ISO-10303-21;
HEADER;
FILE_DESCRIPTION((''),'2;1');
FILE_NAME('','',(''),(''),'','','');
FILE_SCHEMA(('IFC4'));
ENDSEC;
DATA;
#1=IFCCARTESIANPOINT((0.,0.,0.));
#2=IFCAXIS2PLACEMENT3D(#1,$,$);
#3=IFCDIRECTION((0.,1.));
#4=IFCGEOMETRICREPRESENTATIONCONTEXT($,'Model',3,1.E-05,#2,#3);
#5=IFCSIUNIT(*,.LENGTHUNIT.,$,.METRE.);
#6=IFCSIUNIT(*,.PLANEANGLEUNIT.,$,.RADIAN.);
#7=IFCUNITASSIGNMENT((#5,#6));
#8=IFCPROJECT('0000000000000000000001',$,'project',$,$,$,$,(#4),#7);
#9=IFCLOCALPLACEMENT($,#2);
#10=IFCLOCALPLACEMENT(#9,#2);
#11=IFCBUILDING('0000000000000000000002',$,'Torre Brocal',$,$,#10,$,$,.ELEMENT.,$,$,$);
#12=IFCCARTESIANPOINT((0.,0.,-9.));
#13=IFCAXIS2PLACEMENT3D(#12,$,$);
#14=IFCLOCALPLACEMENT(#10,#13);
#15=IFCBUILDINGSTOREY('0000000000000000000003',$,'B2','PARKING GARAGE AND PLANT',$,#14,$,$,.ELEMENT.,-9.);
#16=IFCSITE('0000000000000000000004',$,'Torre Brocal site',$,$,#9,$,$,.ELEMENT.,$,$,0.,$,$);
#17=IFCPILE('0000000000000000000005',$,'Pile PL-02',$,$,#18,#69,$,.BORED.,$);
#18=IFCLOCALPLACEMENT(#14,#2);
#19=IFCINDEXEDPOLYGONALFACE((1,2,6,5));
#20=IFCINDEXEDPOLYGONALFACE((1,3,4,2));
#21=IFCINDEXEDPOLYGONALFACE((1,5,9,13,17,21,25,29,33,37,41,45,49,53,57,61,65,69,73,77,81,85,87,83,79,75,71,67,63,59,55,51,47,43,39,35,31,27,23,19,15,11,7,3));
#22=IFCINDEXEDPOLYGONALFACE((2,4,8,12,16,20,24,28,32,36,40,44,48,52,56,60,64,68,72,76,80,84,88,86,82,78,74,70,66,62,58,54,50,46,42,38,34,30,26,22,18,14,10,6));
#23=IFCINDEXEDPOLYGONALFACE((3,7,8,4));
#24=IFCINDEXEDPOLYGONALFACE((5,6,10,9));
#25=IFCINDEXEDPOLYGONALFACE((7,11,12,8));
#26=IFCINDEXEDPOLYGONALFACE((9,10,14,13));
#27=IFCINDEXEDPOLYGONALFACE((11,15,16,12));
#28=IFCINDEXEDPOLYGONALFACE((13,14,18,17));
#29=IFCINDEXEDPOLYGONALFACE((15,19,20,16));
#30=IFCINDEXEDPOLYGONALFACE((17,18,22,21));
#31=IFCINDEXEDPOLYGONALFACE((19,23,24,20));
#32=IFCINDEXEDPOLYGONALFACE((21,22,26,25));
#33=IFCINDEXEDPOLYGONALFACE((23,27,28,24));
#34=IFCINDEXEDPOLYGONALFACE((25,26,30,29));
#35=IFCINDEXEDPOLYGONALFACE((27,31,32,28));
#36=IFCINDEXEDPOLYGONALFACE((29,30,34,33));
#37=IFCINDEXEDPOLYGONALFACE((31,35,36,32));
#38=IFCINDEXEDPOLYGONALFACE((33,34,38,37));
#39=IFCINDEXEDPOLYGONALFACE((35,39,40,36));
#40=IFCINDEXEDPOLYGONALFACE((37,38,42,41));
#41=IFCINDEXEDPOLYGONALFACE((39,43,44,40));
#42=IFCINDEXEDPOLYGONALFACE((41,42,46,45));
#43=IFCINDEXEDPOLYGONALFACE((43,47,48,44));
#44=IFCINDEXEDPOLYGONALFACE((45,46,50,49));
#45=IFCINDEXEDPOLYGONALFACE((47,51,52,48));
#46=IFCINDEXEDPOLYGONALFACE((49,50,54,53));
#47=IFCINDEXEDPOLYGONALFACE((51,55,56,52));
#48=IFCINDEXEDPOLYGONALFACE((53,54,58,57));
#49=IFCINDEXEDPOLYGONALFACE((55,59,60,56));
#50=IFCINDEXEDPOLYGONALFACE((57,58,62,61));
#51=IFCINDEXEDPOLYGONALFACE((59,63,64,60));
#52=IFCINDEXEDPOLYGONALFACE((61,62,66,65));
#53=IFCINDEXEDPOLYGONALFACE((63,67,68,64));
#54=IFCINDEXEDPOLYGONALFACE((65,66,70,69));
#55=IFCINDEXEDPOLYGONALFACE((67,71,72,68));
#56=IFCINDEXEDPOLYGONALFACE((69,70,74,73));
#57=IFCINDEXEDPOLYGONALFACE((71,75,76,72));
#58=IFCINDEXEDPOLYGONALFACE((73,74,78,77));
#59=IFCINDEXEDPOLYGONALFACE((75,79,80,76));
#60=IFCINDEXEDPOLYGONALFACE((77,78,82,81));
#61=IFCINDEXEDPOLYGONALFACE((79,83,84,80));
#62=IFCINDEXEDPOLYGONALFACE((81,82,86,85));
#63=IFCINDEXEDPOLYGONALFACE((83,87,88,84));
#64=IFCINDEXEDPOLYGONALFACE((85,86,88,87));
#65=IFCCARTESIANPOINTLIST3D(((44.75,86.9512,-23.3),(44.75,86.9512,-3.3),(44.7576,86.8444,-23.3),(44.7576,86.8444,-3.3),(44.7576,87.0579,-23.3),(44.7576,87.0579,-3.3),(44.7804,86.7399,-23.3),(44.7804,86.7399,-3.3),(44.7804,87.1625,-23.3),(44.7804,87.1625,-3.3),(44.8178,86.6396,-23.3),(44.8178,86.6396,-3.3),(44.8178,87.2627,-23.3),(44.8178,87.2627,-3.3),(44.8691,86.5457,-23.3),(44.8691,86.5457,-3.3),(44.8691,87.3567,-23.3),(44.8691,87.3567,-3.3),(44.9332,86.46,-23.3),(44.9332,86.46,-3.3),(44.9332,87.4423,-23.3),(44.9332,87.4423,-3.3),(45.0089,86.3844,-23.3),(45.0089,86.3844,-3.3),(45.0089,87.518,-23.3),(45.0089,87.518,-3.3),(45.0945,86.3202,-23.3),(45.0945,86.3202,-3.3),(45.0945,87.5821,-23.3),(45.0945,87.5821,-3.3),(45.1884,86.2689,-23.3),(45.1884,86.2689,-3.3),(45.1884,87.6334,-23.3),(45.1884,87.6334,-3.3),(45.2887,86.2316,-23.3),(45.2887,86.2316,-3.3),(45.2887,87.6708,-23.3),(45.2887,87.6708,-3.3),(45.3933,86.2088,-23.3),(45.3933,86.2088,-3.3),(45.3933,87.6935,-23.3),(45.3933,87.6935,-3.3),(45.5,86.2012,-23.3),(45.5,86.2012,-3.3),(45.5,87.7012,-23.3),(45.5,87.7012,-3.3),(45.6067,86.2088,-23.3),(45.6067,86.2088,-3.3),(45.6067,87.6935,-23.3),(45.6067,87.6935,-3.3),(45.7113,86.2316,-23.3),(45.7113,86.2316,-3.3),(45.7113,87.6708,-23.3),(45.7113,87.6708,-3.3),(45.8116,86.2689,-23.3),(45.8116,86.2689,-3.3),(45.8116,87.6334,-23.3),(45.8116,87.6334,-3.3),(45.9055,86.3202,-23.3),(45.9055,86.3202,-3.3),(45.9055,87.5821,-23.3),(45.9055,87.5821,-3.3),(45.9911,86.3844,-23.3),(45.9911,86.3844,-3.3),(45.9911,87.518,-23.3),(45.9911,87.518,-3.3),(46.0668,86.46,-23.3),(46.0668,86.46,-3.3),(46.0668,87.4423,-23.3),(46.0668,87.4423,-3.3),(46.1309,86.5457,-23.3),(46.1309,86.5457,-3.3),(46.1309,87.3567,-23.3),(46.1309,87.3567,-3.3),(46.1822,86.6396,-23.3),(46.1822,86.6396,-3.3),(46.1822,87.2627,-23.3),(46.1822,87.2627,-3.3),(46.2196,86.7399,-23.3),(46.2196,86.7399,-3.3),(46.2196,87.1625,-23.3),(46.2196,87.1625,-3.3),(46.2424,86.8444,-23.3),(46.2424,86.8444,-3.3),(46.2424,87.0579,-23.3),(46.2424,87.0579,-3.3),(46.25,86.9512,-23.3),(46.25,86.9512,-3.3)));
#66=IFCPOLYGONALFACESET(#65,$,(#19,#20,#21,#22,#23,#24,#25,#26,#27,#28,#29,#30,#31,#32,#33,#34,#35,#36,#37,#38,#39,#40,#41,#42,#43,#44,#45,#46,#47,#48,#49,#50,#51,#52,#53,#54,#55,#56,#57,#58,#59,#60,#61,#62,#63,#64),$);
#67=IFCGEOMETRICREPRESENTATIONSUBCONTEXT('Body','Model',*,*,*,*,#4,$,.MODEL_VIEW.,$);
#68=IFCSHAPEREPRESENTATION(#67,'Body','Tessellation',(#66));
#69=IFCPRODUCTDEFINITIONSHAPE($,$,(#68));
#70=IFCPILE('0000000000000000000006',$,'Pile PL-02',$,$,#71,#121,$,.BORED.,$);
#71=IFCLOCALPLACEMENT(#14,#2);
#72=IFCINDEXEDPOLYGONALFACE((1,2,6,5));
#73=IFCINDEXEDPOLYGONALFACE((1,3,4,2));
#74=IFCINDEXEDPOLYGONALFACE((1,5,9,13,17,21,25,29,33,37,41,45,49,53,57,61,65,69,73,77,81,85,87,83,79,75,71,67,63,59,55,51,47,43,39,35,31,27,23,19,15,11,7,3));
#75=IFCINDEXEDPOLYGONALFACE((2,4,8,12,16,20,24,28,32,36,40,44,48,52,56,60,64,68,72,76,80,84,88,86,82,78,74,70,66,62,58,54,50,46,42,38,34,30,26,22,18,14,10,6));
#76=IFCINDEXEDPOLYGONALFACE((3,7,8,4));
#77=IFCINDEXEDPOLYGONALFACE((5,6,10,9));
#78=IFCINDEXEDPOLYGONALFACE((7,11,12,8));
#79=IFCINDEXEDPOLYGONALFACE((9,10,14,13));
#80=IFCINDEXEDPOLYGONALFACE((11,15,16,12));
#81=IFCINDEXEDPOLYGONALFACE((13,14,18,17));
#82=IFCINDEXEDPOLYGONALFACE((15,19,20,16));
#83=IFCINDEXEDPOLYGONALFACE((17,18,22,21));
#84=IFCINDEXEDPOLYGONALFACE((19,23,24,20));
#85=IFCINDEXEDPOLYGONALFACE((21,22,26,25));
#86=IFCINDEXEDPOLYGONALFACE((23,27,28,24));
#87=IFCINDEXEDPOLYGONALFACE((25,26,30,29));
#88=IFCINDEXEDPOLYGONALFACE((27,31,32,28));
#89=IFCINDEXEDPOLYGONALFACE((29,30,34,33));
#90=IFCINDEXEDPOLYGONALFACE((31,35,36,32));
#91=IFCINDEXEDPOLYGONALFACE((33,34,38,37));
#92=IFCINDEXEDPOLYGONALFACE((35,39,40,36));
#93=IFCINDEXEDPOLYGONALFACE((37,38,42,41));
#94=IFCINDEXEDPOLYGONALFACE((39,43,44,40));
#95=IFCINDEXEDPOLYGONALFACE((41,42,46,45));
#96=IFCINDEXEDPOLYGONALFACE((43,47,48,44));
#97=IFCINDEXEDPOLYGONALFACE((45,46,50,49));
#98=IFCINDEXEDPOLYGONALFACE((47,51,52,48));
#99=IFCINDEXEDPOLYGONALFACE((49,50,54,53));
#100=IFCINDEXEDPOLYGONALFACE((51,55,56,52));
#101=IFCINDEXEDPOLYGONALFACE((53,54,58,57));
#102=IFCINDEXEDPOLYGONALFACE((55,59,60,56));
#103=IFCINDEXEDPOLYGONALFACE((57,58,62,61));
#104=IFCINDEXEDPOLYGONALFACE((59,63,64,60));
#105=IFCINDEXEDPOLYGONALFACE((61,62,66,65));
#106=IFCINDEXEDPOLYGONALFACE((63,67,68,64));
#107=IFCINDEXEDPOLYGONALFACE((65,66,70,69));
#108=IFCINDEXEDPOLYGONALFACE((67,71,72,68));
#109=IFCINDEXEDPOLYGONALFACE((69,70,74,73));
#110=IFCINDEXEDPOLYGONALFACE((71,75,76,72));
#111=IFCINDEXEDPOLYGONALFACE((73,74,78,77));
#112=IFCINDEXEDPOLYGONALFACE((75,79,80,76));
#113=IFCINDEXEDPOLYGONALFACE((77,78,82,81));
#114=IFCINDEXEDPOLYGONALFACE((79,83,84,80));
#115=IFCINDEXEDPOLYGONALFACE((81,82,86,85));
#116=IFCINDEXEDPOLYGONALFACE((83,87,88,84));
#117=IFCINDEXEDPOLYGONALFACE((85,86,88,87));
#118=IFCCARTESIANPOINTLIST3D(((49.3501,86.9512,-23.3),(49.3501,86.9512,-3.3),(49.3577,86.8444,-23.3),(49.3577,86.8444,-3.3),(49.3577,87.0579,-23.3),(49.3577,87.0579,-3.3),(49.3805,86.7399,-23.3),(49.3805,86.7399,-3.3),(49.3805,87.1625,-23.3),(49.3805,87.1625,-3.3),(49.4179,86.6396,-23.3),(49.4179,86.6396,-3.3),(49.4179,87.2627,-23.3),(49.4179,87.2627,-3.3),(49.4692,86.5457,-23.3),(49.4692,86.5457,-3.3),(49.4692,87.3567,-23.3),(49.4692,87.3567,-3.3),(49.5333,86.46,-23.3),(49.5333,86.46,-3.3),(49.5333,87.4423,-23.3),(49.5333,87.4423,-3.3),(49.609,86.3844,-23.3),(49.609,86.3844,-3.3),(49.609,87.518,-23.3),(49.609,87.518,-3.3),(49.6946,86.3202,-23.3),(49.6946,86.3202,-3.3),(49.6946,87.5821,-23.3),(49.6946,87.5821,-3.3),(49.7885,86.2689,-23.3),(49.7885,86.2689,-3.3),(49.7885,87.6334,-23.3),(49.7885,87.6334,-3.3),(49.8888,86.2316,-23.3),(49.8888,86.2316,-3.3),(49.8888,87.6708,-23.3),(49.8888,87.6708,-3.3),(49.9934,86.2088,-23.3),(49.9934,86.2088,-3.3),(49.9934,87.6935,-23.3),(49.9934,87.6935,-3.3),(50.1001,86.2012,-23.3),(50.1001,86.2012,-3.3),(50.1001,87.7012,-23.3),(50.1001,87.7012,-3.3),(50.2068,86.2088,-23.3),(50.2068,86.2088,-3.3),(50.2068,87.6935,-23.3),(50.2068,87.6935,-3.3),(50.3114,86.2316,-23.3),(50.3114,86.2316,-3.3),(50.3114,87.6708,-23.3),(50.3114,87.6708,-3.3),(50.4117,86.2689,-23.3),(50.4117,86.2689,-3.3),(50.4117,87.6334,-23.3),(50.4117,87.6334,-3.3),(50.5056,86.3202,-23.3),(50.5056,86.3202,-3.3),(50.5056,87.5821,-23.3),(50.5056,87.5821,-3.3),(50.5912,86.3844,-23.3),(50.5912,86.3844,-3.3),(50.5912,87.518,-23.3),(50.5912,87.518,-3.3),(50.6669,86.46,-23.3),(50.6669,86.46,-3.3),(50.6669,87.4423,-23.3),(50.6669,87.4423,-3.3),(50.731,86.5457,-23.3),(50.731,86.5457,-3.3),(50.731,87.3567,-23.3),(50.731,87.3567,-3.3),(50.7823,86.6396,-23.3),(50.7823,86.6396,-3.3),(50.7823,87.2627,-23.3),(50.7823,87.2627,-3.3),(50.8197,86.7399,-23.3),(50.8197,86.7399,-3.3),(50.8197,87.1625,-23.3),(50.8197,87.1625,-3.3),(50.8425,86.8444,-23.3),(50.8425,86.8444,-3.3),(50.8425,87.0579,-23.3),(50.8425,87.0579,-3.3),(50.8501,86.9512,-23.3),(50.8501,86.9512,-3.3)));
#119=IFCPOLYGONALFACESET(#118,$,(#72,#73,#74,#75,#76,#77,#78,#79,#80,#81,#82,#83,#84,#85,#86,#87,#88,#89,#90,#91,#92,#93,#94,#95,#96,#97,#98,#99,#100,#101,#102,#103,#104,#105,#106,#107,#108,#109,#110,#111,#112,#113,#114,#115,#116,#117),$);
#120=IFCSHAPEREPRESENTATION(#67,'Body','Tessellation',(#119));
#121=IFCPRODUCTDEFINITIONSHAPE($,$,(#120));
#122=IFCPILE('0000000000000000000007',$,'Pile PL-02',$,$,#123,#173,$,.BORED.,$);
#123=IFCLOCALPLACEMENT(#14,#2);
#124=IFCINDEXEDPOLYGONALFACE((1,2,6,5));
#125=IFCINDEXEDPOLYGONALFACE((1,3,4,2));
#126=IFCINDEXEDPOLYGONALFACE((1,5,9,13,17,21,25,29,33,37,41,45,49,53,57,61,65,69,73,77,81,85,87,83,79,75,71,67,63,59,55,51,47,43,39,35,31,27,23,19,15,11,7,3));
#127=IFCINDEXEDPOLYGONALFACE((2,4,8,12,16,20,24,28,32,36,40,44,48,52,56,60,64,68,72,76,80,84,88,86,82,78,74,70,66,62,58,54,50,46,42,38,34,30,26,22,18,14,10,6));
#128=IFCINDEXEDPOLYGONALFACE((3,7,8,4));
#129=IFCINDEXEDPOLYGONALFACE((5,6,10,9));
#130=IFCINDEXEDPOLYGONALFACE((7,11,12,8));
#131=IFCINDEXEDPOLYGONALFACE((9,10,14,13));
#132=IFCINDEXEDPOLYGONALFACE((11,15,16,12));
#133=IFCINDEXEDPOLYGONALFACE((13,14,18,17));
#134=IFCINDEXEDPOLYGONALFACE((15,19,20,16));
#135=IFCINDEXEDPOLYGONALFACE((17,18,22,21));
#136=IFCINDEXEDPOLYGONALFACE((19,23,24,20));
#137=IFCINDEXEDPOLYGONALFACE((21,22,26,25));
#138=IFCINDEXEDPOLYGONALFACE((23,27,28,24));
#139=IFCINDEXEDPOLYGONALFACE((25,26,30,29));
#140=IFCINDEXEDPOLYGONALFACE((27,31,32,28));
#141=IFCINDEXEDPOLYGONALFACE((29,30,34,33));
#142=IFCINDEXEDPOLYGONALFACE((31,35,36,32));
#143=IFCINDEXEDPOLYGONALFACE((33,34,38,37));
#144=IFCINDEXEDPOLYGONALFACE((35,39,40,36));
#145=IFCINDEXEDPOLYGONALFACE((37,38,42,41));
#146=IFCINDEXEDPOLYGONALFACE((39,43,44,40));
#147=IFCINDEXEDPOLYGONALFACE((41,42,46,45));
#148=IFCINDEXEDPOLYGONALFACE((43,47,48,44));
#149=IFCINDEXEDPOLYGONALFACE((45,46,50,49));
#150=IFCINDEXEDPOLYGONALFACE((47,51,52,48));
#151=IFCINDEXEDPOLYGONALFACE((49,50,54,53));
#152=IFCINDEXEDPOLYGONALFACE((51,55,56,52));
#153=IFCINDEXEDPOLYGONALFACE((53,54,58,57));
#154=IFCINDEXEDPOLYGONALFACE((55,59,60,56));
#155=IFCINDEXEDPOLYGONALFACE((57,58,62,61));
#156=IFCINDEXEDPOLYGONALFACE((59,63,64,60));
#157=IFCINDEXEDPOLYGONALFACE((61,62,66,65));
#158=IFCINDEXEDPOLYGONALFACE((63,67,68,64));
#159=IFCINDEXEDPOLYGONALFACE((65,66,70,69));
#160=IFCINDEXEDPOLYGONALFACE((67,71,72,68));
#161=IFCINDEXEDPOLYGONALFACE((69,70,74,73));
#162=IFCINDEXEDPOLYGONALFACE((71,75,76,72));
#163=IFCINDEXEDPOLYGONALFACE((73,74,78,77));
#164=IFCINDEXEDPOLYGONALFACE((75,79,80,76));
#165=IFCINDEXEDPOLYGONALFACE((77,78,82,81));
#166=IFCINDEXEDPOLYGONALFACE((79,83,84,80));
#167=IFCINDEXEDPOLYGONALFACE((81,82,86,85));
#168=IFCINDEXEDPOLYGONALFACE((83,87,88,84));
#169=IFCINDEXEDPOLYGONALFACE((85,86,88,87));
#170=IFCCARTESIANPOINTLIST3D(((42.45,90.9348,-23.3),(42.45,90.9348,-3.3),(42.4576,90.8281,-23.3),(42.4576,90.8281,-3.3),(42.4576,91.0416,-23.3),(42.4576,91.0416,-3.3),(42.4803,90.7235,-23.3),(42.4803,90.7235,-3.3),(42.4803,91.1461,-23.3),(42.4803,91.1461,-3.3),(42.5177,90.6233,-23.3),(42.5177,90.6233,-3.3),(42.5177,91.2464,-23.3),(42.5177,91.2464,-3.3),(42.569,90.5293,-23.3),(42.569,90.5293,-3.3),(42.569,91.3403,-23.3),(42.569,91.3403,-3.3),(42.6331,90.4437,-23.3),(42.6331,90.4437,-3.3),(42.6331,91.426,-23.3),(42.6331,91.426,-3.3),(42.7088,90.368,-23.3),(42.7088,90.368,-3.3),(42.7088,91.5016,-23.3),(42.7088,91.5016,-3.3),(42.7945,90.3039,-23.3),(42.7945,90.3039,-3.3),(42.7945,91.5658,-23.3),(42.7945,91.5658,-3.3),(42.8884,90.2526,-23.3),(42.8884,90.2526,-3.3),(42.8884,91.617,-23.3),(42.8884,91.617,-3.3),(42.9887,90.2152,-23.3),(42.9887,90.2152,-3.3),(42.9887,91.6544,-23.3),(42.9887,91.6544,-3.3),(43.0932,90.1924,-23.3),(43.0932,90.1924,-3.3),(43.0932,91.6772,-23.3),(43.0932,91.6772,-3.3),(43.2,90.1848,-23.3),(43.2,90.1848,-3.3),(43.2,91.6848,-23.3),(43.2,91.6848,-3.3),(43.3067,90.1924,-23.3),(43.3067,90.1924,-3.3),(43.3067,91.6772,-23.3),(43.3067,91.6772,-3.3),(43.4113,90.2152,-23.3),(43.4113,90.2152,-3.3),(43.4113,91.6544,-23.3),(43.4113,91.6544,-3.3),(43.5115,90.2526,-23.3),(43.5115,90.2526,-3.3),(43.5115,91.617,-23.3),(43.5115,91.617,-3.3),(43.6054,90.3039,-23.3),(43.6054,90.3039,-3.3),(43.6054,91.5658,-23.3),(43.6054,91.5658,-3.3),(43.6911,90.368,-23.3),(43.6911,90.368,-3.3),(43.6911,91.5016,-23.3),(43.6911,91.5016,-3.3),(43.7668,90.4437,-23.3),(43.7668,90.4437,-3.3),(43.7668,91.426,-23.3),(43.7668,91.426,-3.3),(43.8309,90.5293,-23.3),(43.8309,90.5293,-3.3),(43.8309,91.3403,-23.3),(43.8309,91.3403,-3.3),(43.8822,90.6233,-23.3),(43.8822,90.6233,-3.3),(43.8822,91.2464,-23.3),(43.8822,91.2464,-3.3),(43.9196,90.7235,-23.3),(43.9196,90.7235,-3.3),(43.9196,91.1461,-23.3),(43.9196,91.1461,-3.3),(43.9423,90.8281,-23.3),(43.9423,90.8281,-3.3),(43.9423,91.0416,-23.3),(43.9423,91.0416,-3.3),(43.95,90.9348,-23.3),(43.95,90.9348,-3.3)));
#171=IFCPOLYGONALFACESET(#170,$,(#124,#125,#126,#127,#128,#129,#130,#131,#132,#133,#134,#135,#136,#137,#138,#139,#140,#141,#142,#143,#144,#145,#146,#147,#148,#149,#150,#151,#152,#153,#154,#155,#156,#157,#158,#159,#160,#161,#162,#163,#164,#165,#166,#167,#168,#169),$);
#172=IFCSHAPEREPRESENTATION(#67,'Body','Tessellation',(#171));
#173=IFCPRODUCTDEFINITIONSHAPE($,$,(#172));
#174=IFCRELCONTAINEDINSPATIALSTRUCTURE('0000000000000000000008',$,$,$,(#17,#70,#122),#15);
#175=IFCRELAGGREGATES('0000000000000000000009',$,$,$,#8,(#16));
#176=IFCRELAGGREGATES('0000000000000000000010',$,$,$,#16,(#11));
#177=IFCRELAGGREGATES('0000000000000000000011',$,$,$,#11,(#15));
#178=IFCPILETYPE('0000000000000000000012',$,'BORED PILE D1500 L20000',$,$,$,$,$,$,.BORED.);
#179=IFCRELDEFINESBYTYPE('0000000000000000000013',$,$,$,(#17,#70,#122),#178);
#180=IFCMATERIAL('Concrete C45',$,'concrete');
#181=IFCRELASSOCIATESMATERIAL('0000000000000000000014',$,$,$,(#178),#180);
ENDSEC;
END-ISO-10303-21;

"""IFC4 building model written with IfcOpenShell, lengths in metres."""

from ifc_helpers import new_model, si_unit, direction, frame, origin, origin_2d, place, context, subcontext, project, spatial, circle, extrude, material, material_profile, profile_set, type_object, element, save


model = new_model("IFC4")

# Units and contexts
model_context = context("Model", 3, precision=1e-05, world=origin(), true_north=direction((0.0, 1.0)))
body_context = subcontext(model_context, "Body", "Model", "MODEL_VIEW")
ifc_project = project(units=[si_unit("LENGTHUNIT", "METRE"), si_unit("PLANEANGLEUNIT", "RADIAN")], contexts=[model_context])

# Site, building, storey
site_placement = place(None, origin())
site = spatial("IfcSite", under=ifc_project, at=site_placement, Name="Torre Brocal site", CompositionType="ELEMENT", RefElevation=0.0)
building_placement = place(site_placement, origin())
building = spatial("IfcBuilding", under=site, at=building_placement, Name="Torre Brocal", CompositionType="ELEMENT")
storey_placement = place(building_placement, frame((0.0, 0.0, -9.0)))
storey = spatial("IfcBuildingStorey", under=building, at=storey_placement, Name="B2", Description="PARKING GARAGE AND PLANT", CompositionType="ELEMENT", Elevation=-9.0)

# Piles
ifc_material_1 = material(Name="Concrete C45", Category="concrete")
ifc_material_profile_1 = material_profile(ifc_material_1, circle(Radius=0.75, at=origin_2d()), Name="BORED PILE D1500")
ifc_profile_set_1 = profile_set([ifc_material_profile_1], Name="Concrete C45")
pile_type_1 = type_object("IfcPileType", Name="BORED PILE D1500 L20000", PredefinedType="BORED", material=ifc_profile_set_1)
for number, where, z_axis, x_axis, name in (
    (1, (45.5, 86.9512, -3.3), (0.0, 0.0, -1.0), (1.0, 0.0, 0.0), "Pile PL-02"),
    (2, (50.1001, 86.9512, -3.3), (0.0, 0.0, -1.0), (1.0, 0.0, 0.0), "Pile PL-02"),
    (3, (43.2, 90.9348, -3.3), (0.0, 0.0, -1.0), (1.0, 0.0, 0.0), "Pile PL-02"),
):
    element("IfcPile", number, at=place(storey_placement, frame(where, z_axis=z_axis, x_axis=x_axis)), inside=storey, type_object=pile_type_1, Name=name, PredefinedType="BORED", context=body_context, shape_type="SweptSolid", body=[
        extrude(circle(Radius=0.75, at=origin_2d()), origin(), (0.0, 0.0, 1.0), 20.0),
    ])

save(model, "model.ifc")
